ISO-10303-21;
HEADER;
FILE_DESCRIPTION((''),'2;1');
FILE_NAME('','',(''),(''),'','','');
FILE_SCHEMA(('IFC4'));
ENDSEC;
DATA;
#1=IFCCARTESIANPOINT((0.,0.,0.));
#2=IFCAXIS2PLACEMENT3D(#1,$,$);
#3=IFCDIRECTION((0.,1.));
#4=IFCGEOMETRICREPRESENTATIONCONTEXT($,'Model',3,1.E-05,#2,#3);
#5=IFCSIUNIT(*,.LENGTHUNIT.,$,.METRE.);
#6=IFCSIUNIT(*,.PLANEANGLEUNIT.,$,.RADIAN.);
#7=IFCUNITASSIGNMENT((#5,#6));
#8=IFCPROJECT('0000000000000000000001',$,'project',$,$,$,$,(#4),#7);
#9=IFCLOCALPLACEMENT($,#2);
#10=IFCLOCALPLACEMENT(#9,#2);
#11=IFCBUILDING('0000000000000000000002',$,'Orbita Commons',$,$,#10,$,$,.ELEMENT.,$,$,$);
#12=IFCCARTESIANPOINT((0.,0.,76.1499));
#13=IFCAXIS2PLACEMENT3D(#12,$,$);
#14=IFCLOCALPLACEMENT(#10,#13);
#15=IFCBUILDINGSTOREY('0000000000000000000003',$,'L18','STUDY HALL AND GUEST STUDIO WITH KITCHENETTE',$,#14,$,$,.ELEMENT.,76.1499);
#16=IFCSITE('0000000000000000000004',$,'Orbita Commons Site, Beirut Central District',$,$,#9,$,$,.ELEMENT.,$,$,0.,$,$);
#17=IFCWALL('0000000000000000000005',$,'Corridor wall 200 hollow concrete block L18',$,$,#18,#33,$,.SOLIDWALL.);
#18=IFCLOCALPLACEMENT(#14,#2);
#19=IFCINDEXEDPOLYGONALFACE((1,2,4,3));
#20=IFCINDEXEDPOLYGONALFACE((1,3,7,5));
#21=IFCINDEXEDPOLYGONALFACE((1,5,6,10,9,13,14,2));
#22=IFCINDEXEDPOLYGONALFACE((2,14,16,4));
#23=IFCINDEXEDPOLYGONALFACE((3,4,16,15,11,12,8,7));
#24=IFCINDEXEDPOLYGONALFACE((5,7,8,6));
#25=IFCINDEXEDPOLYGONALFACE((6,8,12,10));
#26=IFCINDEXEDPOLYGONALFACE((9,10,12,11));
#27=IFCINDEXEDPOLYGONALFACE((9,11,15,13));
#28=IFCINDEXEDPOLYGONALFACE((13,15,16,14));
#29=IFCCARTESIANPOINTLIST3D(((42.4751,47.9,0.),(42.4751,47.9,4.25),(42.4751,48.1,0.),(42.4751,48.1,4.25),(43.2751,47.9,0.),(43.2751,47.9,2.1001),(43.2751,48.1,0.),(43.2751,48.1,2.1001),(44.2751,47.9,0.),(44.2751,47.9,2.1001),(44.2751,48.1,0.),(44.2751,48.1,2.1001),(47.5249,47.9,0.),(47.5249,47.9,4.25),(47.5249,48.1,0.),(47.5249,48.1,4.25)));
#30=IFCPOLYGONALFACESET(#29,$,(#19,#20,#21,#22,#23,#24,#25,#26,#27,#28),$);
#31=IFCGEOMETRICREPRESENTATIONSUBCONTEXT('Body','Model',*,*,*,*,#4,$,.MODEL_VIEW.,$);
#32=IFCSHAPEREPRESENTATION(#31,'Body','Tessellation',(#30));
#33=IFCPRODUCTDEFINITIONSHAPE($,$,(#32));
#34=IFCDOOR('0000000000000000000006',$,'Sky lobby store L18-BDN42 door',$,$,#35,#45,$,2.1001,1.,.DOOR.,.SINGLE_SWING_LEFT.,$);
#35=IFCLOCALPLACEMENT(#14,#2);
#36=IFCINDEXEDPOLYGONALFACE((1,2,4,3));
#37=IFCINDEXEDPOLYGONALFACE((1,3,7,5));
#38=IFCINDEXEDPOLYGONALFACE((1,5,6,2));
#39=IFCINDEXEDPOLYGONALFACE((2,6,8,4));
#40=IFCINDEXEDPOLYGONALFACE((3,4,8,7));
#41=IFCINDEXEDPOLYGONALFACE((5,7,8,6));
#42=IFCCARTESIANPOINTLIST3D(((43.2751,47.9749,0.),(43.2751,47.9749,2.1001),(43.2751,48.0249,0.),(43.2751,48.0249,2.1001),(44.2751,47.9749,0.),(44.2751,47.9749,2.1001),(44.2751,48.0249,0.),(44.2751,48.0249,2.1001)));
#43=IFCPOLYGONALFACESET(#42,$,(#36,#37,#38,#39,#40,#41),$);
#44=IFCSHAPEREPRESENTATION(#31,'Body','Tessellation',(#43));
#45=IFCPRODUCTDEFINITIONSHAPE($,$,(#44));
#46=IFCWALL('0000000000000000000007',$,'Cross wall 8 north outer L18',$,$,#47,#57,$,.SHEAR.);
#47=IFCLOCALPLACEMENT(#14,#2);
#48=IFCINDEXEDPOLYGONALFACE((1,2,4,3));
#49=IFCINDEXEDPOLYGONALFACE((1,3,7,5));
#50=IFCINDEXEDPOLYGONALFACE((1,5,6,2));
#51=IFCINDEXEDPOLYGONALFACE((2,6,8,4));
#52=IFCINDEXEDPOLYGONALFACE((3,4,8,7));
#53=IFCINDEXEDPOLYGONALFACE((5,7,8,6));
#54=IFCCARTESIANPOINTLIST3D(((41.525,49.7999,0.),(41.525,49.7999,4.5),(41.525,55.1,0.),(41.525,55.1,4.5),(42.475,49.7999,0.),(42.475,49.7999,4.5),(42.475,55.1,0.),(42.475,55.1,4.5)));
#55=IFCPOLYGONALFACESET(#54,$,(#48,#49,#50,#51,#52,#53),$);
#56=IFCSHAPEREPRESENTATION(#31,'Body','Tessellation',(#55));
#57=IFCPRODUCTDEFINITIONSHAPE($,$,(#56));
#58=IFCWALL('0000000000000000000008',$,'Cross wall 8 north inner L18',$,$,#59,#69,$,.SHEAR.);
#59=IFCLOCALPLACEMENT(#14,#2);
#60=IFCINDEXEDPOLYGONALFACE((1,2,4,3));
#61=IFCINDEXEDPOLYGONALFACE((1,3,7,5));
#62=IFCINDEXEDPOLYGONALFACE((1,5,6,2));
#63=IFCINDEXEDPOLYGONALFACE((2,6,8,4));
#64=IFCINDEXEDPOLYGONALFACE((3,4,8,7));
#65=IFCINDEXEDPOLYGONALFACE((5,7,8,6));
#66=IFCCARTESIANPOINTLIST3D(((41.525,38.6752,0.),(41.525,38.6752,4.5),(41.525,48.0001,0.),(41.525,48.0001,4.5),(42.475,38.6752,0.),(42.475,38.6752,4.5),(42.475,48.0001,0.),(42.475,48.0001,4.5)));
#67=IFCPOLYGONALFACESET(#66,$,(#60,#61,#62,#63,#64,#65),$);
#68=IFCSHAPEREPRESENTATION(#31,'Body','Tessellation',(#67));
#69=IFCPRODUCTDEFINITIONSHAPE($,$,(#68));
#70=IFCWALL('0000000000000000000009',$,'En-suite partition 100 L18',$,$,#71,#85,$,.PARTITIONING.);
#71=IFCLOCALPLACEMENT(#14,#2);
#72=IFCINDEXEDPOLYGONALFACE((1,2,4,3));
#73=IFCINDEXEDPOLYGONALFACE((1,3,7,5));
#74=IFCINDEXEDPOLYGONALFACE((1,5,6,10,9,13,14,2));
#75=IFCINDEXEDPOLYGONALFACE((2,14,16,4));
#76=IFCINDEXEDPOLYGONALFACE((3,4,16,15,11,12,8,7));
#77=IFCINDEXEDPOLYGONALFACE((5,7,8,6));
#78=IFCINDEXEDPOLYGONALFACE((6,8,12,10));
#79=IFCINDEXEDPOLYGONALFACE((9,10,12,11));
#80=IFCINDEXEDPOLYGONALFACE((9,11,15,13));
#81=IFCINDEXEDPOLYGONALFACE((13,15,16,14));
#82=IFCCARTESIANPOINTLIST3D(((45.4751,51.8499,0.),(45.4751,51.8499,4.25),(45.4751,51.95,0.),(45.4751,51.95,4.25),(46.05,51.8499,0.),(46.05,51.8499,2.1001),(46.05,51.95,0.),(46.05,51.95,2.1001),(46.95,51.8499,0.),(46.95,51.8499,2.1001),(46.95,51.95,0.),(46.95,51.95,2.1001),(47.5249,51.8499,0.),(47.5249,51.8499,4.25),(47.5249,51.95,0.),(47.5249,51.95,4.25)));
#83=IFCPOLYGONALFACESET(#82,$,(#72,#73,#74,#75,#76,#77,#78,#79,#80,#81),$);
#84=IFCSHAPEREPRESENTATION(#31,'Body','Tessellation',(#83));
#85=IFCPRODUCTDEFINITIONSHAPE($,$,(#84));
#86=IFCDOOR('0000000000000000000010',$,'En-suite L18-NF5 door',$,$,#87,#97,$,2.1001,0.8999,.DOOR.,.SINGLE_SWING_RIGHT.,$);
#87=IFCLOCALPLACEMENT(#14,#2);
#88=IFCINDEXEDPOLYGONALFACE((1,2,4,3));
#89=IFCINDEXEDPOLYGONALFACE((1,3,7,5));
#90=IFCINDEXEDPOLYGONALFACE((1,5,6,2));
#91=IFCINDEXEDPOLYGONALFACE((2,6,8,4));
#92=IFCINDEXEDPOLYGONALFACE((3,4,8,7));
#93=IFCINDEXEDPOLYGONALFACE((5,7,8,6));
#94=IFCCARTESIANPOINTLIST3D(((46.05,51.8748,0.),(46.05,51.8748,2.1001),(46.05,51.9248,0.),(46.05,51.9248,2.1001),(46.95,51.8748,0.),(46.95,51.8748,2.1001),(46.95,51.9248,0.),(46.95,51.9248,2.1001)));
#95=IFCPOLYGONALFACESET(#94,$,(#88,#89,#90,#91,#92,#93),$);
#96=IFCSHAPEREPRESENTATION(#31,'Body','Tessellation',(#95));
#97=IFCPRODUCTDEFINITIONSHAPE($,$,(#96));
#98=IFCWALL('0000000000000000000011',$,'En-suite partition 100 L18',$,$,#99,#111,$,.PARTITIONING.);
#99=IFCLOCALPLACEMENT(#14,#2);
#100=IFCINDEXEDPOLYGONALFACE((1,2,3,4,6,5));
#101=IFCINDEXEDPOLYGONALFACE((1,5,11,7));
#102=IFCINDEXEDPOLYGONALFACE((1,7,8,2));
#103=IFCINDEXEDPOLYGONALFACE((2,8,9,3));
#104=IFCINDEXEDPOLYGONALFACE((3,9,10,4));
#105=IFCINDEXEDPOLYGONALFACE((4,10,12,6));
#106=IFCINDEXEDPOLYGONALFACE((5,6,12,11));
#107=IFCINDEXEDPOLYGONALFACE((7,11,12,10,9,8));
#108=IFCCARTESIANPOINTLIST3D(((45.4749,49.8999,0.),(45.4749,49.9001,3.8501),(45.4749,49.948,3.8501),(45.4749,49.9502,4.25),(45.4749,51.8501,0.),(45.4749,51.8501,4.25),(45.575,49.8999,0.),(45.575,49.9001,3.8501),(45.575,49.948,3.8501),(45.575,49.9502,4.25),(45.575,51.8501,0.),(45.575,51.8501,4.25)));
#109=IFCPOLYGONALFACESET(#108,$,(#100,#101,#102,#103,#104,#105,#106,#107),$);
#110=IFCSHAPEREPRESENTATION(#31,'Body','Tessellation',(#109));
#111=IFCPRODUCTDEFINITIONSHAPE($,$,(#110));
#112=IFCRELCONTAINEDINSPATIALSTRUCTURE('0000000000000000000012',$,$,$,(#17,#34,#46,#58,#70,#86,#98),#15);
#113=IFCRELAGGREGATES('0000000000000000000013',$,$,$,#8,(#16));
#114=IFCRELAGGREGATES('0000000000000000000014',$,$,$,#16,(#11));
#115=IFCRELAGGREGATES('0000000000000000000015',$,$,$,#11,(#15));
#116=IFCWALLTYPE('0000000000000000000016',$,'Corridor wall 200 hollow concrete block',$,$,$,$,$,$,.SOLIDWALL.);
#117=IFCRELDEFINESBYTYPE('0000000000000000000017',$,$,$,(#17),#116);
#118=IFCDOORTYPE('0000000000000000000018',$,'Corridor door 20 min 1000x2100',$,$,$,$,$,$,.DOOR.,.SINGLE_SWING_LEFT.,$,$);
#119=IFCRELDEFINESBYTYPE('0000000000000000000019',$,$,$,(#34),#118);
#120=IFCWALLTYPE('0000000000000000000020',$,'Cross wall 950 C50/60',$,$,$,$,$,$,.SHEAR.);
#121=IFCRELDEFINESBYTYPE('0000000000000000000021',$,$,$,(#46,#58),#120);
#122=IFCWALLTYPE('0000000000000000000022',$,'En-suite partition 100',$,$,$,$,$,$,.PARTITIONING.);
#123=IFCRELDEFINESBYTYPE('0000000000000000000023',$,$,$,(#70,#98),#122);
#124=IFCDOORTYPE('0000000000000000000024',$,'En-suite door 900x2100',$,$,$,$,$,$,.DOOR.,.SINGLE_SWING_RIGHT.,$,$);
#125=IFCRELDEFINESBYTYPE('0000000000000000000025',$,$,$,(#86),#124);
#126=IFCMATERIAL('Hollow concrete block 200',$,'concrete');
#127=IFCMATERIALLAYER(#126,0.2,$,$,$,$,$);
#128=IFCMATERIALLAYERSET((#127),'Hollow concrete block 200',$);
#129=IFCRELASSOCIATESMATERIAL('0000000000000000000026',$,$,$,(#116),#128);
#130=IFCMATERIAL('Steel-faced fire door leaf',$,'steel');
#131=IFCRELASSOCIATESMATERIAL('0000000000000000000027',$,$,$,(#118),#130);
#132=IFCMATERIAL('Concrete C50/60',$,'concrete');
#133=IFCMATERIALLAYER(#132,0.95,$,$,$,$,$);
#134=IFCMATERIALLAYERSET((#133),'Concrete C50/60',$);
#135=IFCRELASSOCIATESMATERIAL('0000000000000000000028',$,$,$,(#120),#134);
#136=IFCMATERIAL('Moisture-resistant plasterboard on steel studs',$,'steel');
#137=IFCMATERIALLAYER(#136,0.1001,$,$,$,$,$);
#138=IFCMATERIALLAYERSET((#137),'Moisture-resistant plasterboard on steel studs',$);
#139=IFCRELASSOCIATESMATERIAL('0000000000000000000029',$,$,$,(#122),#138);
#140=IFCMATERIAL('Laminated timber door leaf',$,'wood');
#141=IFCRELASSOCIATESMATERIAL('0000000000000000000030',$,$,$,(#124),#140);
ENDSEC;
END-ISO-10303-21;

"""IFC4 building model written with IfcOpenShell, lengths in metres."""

from ifc_helpers import new_model, si_unit, direction, frame, frame_2d, origin, place, context, subcontext, project, spatial, polyline, rectangle, outline, extrude, material, layer, layer_set, type_object, element, fill, save


model = new_model("IFC4")

# Units and contexts
model_context = context("Model", 3, precision=1e-05, world=origin(), true_north=direction((0.0, 1.0)))
body_context = subcontext(model_context, "Body", "Model", "MODEL_VIEW")
ifc_project = project(units=[si_unit("LENGTHUNIT", "METRE"), si_unit("PLANEANGLEUNIT", "RADIAN")], contexts=[model_context])

# Site, building, storey
site_placement = place(None, origin())
site = spatial("IfcSite", under=ifc_project, at=site_placement, Name="Orbita Commons Site, Beirut Central District", CompositionType="ELEMENT", RefElevation=0.0)
building_placement = place(site_placement, origin())
building = spatial("IfcBuilding", under=site, at=building_placement, Name="Orbita Commons", CompositionType="ELEMENT")
storey_placement = place(building_placement, frame((0.0, 0.0, 76.1499)))
storey = spatial("IfcBuildingStorey", under=building, at=storey_placement, Name="L18", Description="STUDY HALL AND GUEST STUDIO WITH KITCHENETTE", CompositionType="ELEMENT", Elevation=76.1499)

# Wall, opening, door
ifc_material_1 = material(Name="Hollow concrete block 200", Category="concrete")
ifc_layer_1 = layer(ifc_material_1, 0.2)
ifc_layer_set_1 = layer_set([ifc_layer_1], Name="Hollow concrete block 200")
wall_type_1 = type_object("IfcWallType", Name="Corridor wall 200 hollow concrete block", PredefinedType="SOLIDWALL", material=ifc_layer_set_1)
ifc_material_2 = material(Name="Steel-faced fire door leaf", Category="steel")
door_type_1 = type_object("IfcDoorType", Name="Corridor door 20 min 1000x2100", OperationType="SINGLE_SWING_LEFT", PredefinedType="DOOR", material=ifc_material_2)
wall_1_placement = place(storey_placement, frame((42.4751, 48.0, 0.0), z_axis=(0.0, 0.0, 1.0), x_axis=(1.0, 0.0, 0.0)))
wall_1 = element("IfcWall", 1, at=wall_1_placement, inside=storey, type_object=wall_type_1, Name="Corridor wall 200 hollow concrete block L18", PredefinedType="SOLIDWALL", context=body_context, shape_type="SweptSolid", body=[
    extrude(rectangle(XDim=5.0498, YDim=0.2, at=frame_2d((2.5249, 0.0))), origin(), (0.0, 0.0, 1.0), 4.25),
])
opening_1_placement = place(wall_1_placement, frame((0.8, 0.0, 0.0)))
opening_1 = element("IfcOpeningElement", 2, at=opening_1_placement, cuts=wall_1, PredefinedType="OPENING", context=body_context, shape_type="SweptSolid", body=[
    extrude(rectangle(XDim=1.0, YDim=2.1001, at=frame_2d((0.5, 1.05))), frame((0.0, 0.1099, 0.0), z_axis=(0.0, -1.0, 0.0), x_axis=(1.0, 0.0, 0.0)), (0.0, 0.0, 1.0), 0.22),
])
door_1_placement = place(opening_1_placement, origin())
door_1 = element("IfcDoor", 3, at=door_1_placement, inside=storey, type_object=door_type_1, Name="Sky lobby store L18-BDN42 door", OperationType="SINGLE_SWING_LEFT", OverallHeight=2.1001, OverallWidth=1.0, PredefinedType="DOOR", context=body_context, shape_type="SweptSolid", body=[
    extrude(rectangle(XDim=1.0, YDim=2.1001, at=frame_2d((0.5, 1.05))), frame((0.0, 0.0249, 0.0), z_axis=(0.0, -1.0, 0.0), x_axis=(1.0, 0.0, 0.0)), (0.0, 0.0, 1.0), 0.05),
])
fill(opening_1, door_1)

# Walls
ifc_material_3 = material(Name="Concrete C50/60", Category="concrete")
ifc_layer_2 = layer(ifc_material_3, 0.95)
ifc_layer_set_2 = layer_set([ifc_layer_2], Name="Concrete C50/60")
wall_type_2 = type_object("IfcWallType", Name="Cross wall 950 C50/60", PredefinedType="SHEAR", material=ifc_layer_set_2)
wall_2_placement = place(storey_placement, frame((42.0, 49.8, 0.0), z_axis=(0.0, 0.0, 1.0), x_axis=(0.0, 1.0, 0.0)))
element("IfcWall", 4, at=wall_2_placement, inside=storey, type_object=wall_type_2, Name="Cross wall 8 north outer L18", PredefinedType="SHEAR", context=body_context, shape_type="SweptSolid", body=[
    extrude(rectangle(XDim=5.3, YDim=0.95, at=frame_2d((2.6499, 0.0))), origin(), (0.0, 0.0, 1.0), 4.5),
])
wall_3_placement = place(storey_placement, frame((42.0, 38.675, 0.0), z_axis=(0.0, 0.0, 1.0), x_axis=(0.0, 1.0, 0.0)))
element("IfcWall", 5, at=wall_3_placement, inside=storey, type_object=wall_type_2, Name="Cross wall 8 north inner L18", PredefinedType="SHEAR", context=body_context, shape_type="SweptSolid", body=[
    extrude(rectangle(XDim=9.325, YDim=0.95, at=frame_2d((4.6626, 0.0))), origin(), (0.0, 0.0, 1.0), 4.5),
])

# Wall, opening, door
ifc_material_4 = material(Name="Moisture-resistant plasterboard on steel studs", Category="steel")
ifc_layer_3 = layer(ifc_material_4, 0.1001)
ifc_layer_set_3 = layer_set([ifc_layer_3], Name="Moisture-resistant plasterboard on steel studs")
wall_type_3 = type_object("IfcWallType", Name="En-suite partition 100", PredefinedType="PARTITIONING", material=ifc_layer_set_3)
wall_4_placement = place(storey_placement, frame((45.4751, 51.8999, 0.0), z_axis=(0.0, 0.0, 1.0), x_axis=(1.0, 0.0, 0.0)))
wall_4 = element("IfcWall", 6, at=wall_4_placement, inside=storey, type_object=wall_type_3, Name="En-suite partition 100 L18", PredefinedType="PARTITIONING", context=body_context, shape_type="SweptSolid", body=[
    extrude(rectangle(XDim=2.0498, YDim=0.1001, at=frame_2d((1.0249, 0.0))), origin(), (0.0, 0.0, 1.0), 4.25),
])
opening_2_placement = place(wall_4_placement, frame((0.575, 0.0, 0.0)))
opening_2 = element("IfcOpeningElement", 7, at=opening_2_placement, cuts=wall_4, PredefinedType="OPENING", context=body_context, shape_type="SweptSolid", body=[
    extrude(rectangle(XDim=0.8999, YDim=2.1001, at=frame_2d((0.45, 1.05))), frame((0.0, 0.0601, 0.0), z_axis=(0.0, -1.0, 0.0), x_axis=(1.0, 0.0, 0.0)), (0.0, 0.0, 1.0), 0.1201),
])
ifc_material_5 = material(Name="Laminated timber door leaf", Category="wood")
door_type_2 = type_object("IfcDoorType", Name="En-suite door 900x2100", OperationType="SINGLE_SWING_RIGHT", PredefinedType="DOOR", material=ifc_material_5)
door_2_placement = place(opening_2_placement, origin())
door_2 = element("IfcDoor", 8, at=door_2_placement, inside=storey, type_object=door_type_2, Name="En-suite L18-NF5 door", OperationType="SINGLE_SWING_RIGHT", OverallHeight=2.1001, OverallWidth=0.8999, PredefinedType="DOOR", context=body_context, shape_type="SweptSolid", body=[
    extrude(rectangle(XDim=0.8999, YDim=2.1001, at=frame_2d((0.45, 1.05))), frame((0.0, 0.0249, 0.0), z_axis=(0.0, -1.0, 0.0), x_axis=(1.0, 0.0, 0.0)), (0.0, 0.0, 1.0), 0.05),
])
fill(opening_2, door_2)

# Wall
wall_5_placement = place(storey_placement, frame((45.5249, 51.8501, 0.0), z_axis=(0.0, 0.0, 1.0), x_axis=(0.0, -1.0, 0.0)))
element("IfcWall", 9, at=wall_5_placement, inside=storey, type_object=wall_type_3, Name="En-suite partition 100 L18", PredefinedType="PARTITIONING", context=body_context, shape_type="SweptSolid", body=[
    extrude(outline(polyline([(0.0, 0.0), (1.9502, 0.0), (1.95, 3.8501), (1.9021, 3.8501), (1.8999, 4.25), (0.0, 4.25), (0.0, 0.0)])), frame((0.0, 0.05, 0.0), z_axis=(0.0, -1.0, 0.0), x_axis=(1.0, 0.0, 0.0)), (0.0, 0.0, 1.0), 0.1001),
])

save(model, "model.ifc")
